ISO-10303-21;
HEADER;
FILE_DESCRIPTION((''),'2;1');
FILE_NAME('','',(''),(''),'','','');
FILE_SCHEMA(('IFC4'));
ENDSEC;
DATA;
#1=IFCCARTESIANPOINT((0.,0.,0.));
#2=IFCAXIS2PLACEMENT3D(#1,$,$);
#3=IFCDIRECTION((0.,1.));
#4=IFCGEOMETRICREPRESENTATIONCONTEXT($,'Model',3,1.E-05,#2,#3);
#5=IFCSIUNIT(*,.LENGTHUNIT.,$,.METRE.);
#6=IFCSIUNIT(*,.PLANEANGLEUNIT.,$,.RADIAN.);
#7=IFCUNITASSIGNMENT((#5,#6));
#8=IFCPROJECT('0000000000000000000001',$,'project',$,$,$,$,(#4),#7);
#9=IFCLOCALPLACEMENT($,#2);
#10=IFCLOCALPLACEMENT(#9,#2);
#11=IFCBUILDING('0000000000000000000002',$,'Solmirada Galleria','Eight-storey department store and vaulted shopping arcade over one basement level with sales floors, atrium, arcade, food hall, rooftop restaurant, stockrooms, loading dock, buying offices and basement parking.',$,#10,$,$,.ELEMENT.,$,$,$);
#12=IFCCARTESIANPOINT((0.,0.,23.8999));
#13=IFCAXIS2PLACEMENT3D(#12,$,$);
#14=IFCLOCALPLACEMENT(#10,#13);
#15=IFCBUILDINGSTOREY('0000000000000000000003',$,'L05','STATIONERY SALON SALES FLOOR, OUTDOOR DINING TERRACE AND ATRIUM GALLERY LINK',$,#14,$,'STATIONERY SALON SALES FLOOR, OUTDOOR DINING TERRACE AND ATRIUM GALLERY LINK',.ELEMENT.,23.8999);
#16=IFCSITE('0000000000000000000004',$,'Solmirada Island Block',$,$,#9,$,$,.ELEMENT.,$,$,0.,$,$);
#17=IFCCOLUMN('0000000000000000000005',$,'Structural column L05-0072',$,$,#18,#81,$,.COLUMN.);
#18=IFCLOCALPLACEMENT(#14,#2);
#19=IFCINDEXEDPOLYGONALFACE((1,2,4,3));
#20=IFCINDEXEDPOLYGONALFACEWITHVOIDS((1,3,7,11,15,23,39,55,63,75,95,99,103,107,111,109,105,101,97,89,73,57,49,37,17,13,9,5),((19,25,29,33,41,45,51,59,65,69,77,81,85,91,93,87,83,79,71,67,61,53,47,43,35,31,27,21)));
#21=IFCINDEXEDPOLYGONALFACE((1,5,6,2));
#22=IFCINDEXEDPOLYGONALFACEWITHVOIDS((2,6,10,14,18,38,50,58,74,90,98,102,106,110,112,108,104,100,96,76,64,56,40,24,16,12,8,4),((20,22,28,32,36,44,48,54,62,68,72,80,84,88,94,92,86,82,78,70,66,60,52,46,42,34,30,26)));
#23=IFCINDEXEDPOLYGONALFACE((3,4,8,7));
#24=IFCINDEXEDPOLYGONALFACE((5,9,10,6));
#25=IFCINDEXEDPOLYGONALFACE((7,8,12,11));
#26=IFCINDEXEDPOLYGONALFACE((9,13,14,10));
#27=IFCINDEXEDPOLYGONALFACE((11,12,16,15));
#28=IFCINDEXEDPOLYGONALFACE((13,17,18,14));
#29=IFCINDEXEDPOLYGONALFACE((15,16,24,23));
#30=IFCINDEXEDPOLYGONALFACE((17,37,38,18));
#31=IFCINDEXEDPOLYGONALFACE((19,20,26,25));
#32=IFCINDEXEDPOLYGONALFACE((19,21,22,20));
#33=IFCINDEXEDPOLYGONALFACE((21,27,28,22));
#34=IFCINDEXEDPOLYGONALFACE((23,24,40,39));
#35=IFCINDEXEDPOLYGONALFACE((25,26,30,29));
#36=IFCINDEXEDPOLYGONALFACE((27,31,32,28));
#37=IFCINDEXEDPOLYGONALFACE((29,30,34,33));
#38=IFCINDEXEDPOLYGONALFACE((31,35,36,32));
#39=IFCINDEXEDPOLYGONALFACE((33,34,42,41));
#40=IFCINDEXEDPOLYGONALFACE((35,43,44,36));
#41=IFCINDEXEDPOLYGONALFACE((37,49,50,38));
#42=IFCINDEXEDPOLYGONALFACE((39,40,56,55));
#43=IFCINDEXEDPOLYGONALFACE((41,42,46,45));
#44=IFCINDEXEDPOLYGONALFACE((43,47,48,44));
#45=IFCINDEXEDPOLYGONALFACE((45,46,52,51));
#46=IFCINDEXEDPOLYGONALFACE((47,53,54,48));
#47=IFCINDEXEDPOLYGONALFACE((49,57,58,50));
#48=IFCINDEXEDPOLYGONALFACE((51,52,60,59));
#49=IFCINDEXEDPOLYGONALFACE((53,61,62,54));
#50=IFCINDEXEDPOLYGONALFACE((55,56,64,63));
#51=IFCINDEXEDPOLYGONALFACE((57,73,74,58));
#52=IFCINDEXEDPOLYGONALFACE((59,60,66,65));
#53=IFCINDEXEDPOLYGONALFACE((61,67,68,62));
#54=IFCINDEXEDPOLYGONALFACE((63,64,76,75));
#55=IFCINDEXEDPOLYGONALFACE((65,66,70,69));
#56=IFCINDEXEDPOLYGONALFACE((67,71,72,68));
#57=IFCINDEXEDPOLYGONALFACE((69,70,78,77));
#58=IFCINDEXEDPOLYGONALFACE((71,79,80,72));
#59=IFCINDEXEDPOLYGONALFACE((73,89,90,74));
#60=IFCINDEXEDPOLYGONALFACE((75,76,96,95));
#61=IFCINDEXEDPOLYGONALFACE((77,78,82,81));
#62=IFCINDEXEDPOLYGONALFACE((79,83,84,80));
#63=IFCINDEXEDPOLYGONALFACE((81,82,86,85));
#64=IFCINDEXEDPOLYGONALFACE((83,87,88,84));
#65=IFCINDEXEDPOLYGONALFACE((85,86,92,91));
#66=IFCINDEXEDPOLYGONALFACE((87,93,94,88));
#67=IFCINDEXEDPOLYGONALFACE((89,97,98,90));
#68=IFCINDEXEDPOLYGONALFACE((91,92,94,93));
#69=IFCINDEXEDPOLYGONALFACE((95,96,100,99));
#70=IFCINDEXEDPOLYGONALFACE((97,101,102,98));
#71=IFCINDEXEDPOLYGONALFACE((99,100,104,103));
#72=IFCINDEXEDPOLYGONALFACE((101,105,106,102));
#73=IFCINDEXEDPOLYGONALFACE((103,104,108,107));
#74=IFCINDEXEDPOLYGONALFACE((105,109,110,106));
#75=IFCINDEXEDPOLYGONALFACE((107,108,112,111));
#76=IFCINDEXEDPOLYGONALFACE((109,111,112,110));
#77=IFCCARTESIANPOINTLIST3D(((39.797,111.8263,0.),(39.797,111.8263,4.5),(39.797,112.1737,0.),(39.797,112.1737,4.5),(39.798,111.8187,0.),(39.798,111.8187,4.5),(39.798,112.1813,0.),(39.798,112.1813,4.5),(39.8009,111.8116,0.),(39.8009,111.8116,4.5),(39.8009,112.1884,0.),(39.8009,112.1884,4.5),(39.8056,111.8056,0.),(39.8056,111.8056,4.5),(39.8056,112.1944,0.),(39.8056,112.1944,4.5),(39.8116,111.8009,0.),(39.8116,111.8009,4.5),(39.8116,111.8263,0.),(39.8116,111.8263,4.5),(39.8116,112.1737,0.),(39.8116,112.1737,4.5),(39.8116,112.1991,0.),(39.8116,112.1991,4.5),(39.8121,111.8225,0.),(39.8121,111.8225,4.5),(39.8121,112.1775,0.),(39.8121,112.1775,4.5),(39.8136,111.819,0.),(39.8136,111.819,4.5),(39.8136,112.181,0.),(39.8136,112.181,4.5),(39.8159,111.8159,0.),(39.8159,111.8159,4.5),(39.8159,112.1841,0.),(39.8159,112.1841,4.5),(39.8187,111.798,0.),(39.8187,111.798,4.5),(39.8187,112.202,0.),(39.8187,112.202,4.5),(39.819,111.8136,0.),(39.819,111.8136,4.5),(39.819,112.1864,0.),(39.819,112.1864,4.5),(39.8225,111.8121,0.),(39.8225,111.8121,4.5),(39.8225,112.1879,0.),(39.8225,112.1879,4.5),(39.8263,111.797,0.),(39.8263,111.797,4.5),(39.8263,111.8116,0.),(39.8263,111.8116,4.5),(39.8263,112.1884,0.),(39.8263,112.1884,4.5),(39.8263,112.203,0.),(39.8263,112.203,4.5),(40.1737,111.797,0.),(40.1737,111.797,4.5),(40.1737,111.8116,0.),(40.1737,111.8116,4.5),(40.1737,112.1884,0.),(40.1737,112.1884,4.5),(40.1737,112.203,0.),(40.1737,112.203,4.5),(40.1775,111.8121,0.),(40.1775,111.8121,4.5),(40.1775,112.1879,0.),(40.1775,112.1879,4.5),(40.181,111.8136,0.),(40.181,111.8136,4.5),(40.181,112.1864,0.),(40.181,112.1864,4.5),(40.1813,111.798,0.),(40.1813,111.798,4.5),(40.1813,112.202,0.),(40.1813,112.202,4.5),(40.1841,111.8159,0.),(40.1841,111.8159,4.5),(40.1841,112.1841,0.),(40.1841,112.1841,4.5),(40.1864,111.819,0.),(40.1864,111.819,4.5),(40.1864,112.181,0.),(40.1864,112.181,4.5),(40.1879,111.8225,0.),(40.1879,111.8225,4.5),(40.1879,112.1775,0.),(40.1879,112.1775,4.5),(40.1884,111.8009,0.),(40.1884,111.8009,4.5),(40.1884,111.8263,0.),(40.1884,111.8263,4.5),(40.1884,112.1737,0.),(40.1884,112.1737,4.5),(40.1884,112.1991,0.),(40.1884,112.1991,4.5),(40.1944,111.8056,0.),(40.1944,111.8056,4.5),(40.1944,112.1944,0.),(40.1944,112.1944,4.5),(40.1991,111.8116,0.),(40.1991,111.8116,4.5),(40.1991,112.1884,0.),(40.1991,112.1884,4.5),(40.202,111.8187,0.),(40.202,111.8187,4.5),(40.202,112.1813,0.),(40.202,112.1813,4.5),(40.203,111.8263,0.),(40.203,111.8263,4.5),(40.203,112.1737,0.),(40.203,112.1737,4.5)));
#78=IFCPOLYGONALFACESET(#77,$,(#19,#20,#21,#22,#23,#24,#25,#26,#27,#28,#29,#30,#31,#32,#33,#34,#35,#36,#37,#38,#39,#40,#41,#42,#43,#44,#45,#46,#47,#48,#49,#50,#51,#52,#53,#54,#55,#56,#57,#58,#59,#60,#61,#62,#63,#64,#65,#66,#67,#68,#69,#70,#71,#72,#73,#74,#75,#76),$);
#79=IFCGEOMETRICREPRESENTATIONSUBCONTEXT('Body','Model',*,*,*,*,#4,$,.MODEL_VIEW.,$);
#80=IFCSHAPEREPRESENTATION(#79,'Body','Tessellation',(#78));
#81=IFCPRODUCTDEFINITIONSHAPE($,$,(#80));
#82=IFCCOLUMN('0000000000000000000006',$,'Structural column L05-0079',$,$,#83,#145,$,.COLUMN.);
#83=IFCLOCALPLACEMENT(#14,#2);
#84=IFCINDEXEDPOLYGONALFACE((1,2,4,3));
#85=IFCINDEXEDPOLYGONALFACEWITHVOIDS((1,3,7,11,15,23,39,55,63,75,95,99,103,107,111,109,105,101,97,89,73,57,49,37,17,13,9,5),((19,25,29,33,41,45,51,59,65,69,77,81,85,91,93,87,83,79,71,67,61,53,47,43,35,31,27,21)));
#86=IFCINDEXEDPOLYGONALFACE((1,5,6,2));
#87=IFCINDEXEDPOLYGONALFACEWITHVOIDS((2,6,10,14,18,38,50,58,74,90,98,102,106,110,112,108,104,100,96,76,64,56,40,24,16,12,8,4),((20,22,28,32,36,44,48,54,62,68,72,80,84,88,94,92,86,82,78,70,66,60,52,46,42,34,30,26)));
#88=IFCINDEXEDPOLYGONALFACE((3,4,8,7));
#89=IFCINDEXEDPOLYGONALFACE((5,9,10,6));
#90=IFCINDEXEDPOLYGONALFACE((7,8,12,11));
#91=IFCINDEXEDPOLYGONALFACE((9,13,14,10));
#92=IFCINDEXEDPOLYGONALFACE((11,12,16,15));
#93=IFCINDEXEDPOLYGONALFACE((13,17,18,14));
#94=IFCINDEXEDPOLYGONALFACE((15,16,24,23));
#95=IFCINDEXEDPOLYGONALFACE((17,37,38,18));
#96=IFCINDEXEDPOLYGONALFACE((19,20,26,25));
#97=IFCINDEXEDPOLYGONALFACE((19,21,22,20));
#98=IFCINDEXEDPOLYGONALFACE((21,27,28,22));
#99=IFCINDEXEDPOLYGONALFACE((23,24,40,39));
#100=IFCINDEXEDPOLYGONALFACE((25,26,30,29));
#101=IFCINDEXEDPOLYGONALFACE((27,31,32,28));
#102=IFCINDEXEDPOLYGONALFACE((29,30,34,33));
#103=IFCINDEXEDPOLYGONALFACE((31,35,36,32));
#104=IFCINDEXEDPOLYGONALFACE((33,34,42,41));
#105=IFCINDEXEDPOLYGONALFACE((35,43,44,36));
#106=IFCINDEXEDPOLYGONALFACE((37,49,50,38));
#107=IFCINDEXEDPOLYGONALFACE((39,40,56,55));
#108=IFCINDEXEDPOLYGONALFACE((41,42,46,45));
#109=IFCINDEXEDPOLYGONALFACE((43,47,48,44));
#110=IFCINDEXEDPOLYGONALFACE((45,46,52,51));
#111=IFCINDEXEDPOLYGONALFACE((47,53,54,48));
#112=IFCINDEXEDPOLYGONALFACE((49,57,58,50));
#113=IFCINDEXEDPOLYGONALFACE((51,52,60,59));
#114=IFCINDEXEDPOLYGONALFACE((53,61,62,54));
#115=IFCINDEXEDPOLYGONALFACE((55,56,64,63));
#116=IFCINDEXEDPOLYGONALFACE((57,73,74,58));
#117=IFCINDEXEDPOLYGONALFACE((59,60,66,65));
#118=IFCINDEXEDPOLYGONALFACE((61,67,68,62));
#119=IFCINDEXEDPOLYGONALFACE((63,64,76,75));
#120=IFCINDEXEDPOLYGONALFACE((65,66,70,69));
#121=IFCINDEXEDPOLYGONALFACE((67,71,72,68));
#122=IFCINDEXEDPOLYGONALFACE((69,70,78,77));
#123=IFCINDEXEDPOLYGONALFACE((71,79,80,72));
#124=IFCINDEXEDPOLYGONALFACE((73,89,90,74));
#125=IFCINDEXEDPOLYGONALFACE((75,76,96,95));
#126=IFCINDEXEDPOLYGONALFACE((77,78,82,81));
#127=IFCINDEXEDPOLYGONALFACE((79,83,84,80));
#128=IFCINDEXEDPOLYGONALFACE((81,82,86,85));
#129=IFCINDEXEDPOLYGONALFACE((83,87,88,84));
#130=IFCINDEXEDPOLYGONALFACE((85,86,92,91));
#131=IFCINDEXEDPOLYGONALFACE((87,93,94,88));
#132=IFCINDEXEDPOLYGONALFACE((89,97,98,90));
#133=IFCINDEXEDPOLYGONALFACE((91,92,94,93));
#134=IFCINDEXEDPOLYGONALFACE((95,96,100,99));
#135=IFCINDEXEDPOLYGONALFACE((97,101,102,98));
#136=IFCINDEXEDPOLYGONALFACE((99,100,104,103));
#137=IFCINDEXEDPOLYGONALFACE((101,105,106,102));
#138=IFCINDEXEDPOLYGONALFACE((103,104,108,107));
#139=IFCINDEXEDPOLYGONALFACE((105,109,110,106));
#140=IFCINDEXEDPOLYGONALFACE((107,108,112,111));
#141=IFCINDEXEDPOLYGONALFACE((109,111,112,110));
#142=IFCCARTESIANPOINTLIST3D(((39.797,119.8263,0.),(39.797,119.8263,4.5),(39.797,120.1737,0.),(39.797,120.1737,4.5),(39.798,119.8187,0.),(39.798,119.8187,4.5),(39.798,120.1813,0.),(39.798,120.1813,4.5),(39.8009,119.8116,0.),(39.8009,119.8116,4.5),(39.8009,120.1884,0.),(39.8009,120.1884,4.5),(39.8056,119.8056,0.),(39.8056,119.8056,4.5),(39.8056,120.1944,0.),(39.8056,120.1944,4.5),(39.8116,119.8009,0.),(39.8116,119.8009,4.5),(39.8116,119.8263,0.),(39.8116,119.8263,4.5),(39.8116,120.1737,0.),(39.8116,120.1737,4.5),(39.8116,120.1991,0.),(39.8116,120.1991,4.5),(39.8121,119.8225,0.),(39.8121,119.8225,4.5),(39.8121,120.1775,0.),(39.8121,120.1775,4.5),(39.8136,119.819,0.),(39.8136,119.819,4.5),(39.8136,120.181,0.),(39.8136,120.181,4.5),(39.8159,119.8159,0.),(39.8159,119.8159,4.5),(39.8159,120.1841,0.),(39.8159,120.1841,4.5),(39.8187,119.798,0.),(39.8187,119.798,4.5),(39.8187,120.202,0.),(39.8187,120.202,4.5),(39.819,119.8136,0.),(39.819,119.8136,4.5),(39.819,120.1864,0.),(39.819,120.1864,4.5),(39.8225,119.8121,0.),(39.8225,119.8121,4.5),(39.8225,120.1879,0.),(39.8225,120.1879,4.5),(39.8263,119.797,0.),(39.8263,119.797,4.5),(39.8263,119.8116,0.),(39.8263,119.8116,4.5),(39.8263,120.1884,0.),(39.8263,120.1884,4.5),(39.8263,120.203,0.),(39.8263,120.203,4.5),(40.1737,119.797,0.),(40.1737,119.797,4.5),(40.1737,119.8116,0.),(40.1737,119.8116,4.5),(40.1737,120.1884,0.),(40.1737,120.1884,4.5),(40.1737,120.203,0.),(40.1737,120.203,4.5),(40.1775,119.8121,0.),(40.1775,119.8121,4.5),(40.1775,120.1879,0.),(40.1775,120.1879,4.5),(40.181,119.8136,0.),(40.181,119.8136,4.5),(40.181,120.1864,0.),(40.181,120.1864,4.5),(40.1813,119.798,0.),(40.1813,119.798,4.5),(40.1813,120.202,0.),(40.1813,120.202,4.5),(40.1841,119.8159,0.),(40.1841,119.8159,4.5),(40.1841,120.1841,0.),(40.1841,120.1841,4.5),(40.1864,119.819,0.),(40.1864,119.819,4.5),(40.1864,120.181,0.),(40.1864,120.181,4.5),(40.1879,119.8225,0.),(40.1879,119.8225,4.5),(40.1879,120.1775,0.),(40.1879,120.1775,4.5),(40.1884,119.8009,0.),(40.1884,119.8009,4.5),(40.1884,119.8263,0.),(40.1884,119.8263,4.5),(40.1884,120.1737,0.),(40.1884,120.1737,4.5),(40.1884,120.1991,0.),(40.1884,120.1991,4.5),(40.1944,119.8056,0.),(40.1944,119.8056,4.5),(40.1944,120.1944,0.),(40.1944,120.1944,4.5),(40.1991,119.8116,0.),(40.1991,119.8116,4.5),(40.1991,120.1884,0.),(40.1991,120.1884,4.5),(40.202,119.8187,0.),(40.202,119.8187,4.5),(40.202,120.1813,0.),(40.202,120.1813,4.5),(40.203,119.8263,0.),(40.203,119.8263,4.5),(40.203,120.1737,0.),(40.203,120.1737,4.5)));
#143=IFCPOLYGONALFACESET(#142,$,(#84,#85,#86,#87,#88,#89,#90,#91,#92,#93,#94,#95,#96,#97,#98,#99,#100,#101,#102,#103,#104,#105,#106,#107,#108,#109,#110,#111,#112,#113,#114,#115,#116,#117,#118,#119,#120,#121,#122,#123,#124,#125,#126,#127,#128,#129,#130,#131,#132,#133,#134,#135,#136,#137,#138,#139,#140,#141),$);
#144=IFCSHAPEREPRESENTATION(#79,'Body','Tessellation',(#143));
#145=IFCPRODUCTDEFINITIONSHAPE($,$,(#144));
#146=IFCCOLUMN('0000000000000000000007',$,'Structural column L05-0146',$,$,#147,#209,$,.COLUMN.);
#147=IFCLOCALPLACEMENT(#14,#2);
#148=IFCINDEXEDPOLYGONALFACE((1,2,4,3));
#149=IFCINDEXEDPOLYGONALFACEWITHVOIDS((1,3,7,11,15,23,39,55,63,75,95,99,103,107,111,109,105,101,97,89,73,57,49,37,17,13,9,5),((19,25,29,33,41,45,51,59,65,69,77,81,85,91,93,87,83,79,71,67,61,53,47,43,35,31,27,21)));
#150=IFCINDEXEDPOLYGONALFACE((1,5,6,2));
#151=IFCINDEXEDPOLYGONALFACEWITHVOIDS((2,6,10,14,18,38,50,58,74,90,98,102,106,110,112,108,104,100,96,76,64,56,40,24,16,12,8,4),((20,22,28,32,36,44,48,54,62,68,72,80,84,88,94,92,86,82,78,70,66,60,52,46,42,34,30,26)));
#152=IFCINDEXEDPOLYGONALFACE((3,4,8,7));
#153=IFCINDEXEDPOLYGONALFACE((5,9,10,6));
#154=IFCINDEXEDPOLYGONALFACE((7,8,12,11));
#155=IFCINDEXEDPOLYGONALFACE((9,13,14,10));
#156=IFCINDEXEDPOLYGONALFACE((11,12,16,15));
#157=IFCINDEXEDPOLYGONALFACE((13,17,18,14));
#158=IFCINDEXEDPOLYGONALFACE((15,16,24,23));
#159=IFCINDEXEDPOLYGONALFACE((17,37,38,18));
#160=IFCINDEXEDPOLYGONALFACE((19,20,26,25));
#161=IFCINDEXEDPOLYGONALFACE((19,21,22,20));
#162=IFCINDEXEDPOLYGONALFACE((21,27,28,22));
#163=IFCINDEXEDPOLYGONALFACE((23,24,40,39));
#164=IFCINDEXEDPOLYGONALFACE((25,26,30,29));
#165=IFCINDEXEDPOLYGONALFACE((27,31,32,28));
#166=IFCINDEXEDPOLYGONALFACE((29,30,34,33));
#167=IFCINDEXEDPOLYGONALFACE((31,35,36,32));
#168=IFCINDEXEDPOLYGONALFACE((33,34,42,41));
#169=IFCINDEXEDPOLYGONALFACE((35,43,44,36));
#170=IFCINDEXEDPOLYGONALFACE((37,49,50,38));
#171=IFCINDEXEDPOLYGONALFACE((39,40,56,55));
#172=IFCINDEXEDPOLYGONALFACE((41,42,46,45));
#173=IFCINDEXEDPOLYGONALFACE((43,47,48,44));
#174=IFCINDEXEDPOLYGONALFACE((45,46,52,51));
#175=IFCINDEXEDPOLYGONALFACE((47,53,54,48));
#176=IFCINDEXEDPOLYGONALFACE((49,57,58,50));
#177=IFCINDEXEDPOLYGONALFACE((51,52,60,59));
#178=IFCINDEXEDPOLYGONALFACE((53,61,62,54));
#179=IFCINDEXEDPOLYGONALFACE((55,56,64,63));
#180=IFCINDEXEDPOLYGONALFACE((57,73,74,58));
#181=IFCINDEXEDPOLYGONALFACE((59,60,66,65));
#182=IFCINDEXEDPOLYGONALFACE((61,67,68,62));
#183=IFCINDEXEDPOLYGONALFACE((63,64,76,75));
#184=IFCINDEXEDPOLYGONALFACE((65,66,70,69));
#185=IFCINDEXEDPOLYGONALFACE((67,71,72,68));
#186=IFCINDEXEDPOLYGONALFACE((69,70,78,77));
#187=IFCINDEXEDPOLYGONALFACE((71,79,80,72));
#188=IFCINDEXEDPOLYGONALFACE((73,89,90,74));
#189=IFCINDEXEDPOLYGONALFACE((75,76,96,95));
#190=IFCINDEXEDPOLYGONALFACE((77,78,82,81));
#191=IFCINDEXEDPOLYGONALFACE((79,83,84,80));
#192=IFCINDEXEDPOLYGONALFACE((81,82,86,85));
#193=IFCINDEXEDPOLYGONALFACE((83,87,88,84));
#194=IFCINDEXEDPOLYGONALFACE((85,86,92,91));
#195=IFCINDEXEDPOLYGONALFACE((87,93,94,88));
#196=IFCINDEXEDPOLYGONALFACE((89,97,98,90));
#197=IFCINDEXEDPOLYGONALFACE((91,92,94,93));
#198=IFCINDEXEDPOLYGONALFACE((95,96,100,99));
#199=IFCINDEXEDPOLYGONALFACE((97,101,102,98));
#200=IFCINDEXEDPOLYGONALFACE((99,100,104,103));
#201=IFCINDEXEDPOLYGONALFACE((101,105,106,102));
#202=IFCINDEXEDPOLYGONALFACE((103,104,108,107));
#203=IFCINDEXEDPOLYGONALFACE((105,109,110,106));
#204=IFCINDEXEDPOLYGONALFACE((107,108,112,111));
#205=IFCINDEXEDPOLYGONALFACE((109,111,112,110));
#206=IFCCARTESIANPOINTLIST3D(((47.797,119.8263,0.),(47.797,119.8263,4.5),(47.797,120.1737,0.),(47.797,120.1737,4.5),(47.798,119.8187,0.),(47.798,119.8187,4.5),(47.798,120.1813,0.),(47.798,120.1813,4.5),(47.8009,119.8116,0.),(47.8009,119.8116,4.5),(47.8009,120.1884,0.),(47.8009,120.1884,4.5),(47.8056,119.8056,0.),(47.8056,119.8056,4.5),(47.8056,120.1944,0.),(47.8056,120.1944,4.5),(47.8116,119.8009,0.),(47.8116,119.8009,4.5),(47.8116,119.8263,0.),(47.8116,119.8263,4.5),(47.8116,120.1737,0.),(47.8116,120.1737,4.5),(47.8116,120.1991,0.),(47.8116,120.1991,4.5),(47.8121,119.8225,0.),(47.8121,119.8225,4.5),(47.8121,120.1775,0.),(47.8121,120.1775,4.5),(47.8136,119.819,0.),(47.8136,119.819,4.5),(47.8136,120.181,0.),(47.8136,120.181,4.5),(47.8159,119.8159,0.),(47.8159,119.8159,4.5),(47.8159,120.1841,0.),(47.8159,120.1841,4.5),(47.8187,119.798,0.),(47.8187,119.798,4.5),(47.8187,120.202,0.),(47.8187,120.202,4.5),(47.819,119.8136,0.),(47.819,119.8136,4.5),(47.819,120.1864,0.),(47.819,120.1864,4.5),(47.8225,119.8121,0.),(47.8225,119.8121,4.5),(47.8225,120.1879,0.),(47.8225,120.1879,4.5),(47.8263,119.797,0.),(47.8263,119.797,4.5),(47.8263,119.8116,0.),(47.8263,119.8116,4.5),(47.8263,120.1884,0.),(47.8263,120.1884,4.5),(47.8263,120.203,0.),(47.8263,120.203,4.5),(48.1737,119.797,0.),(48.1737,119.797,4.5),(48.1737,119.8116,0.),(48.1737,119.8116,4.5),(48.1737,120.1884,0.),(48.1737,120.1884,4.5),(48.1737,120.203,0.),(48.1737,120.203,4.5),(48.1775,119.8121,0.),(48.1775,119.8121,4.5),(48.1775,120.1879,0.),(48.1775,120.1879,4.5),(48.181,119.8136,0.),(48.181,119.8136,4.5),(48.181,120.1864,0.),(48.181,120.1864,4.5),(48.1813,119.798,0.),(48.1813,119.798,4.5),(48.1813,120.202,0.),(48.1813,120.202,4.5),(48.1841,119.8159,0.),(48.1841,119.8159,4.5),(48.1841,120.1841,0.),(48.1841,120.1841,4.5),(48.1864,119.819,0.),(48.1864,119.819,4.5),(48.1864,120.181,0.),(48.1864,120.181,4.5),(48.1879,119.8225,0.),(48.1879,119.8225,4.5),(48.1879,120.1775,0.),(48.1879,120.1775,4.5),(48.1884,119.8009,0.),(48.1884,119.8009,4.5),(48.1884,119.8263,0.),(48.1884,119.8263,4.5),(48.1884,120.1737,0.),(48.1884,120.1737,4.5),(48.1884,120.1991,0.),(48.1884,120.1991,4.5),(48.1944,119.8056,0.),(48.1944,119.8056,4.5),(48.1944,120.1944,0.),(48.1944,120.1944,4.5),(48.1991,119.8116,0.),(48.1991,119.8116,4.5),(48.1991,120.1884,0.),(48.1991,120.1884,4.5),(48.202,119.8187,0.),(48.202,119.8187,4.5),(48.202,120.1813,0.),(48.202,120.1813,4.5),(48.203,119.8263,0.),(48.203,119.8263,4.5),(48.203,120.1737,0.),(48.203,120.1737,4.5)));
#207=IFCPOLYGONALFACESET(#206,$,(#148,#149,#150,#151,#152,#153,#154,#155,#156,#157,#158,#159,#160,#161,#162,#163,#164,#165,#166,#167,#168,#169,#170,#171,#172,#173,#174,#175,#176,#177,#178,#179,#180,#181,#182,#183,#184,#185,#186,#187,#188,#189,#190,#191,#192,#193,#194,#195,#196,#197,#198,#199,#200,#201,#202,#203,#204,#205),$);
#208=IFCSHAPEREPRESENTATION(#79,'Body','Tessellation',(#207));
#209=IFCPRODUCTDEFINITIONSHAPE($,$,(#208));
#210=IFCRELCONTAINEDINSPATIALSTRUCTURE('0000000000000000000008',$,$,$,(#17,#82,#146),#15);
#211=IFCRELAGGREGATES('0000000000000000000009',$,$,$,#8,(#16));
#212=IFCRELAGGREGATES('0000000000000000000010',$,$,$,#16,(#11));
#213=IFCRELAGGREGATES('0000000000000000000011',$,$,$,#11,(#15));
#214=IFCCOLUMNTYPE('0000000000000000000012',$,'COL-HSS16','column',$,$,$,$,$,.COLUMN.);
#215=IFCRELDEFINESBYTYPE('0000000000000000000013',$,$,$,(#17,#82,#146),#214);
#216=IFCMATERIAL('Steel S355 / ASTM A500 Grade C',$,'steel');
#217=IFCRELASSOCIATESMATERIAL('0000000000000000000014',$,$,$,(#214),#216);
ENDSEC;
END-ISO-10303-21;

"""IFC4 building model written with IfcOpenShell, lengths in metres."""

from ifc_helpers import new_model, si_unit, direction, frame, origin, origin_2d, place, context, subcontext, project, spatial, hollow_rectangle, extrude, material, material_profile, profile_set, type_object, element, save


model = new_model("IFC4")

# Units and contexts
model_context = context("Model", 3, precision=1e-05, world=origin(), true_north=direction((0.0, 1.0)))
body_context = subcontext(model_context, "Body", "Model", "MODEL_VIEW")
ifc_project = project(units=[si_unit("LENGTHUNIT", "METRE"), si_unit("PLANEANGLEUNIT", "RADIAN")], contexts=[model_context])

# Site, building, storey
site_placement = place(None, origin())
site = spatial("IfcSite", under=ifc_project, at=site_placement, Name="Solmirada Island Block", CompositionType="ELEMENT", RefElevation=0.0)
building_placement = place(site_placement, origin())
building = spatial("IfcBuilding", under=site, at=building_placement, Name="Solmirada Galleria", Description="Eight-storey department store and vaulted shopping arcade over one basement level with sales floors, atrium, arcade, food hall, rooftop restaurant, stockrooms, loading dock, buying offices and basement parking.", CompositionType="ELEMENT")
storey_placement = place(building_placement, frame((0.0, 0.0, 23.8999)))
storey = spatial("IfcBuildingStorey", under=building, at=storey_placement, Name="L05", Description="STATIONERY SALON SALES FLOOR, OUTDOOR DINING TERRACE AND ATRIUM GALLERY LINK", LongName="STATIONERY SALON SALES FLOOR, OUTDOOR DINING TERRACE AND ATRIUM GALLERY LINK", CompositionType="ELEMENT", Elevation=23.8999)

# Columns
ifc_material_1 = material(Name="Steel S355 / ASTM A500 Grade C", Category="steel")
ifc_material_profile_1 = material_profile(ifc_material_1, hollow_rectangle(XDim=0.406, YDim=0.406, WallThickness=0.0146, InnerFilletRadius=0.0146, OuterFilletRadius=0.0293, at=origin_2d()), Name="HSS16X16X5/8")
ifc_profile_set_1 = profile_set([ifc_material_profile_1], Name="Steel S355 / ASTM A500 Grade C")
column_type_1 = type_object("IfcColumnType", Name="COL-HSS16", Description="column", PredefinedType="COLUMN", material=ifc_profile_set_1)
for number, where, z_axis, x_axis, name in (
    (1, (40.0, 112.0, 0.0), (0.0, 0.0, 1.0), (1.0, 0.0, 0.0), "Structural column L05-0072"),
    (2, (40.0, 120.0, 0.0), (0.0, 0.0, 1.0), (1.0, 0.0, 0.0), "Structural column L05-0079"),
    (3, (48.0, 120.0, 0.0), (0.0, 0.0, 1.0), (1.0, 0.0, 0.0), "Structural column L05-0146"),
):
    element("IfcColumn", number, at=place(storey_placement, frame(where, z_axis=z_axis, x_axis=x_axis)), inside=storey, type_object=column_type_1, Name=name, PredefinedType="COLUMN", context=body_context, shape_type="SweptSolid", body=[
        extrude(hollow_rectangle(XDim=0.406, YDim=0.406, WallThickness=0.0146, InnerFilletRadius=0.0146, OuterFilletRadius=0.0293, at=origin_2d()), origin(), (0.0, 0.0, 1.0), 4.5),
    ])

save(model, "model.ifc")
